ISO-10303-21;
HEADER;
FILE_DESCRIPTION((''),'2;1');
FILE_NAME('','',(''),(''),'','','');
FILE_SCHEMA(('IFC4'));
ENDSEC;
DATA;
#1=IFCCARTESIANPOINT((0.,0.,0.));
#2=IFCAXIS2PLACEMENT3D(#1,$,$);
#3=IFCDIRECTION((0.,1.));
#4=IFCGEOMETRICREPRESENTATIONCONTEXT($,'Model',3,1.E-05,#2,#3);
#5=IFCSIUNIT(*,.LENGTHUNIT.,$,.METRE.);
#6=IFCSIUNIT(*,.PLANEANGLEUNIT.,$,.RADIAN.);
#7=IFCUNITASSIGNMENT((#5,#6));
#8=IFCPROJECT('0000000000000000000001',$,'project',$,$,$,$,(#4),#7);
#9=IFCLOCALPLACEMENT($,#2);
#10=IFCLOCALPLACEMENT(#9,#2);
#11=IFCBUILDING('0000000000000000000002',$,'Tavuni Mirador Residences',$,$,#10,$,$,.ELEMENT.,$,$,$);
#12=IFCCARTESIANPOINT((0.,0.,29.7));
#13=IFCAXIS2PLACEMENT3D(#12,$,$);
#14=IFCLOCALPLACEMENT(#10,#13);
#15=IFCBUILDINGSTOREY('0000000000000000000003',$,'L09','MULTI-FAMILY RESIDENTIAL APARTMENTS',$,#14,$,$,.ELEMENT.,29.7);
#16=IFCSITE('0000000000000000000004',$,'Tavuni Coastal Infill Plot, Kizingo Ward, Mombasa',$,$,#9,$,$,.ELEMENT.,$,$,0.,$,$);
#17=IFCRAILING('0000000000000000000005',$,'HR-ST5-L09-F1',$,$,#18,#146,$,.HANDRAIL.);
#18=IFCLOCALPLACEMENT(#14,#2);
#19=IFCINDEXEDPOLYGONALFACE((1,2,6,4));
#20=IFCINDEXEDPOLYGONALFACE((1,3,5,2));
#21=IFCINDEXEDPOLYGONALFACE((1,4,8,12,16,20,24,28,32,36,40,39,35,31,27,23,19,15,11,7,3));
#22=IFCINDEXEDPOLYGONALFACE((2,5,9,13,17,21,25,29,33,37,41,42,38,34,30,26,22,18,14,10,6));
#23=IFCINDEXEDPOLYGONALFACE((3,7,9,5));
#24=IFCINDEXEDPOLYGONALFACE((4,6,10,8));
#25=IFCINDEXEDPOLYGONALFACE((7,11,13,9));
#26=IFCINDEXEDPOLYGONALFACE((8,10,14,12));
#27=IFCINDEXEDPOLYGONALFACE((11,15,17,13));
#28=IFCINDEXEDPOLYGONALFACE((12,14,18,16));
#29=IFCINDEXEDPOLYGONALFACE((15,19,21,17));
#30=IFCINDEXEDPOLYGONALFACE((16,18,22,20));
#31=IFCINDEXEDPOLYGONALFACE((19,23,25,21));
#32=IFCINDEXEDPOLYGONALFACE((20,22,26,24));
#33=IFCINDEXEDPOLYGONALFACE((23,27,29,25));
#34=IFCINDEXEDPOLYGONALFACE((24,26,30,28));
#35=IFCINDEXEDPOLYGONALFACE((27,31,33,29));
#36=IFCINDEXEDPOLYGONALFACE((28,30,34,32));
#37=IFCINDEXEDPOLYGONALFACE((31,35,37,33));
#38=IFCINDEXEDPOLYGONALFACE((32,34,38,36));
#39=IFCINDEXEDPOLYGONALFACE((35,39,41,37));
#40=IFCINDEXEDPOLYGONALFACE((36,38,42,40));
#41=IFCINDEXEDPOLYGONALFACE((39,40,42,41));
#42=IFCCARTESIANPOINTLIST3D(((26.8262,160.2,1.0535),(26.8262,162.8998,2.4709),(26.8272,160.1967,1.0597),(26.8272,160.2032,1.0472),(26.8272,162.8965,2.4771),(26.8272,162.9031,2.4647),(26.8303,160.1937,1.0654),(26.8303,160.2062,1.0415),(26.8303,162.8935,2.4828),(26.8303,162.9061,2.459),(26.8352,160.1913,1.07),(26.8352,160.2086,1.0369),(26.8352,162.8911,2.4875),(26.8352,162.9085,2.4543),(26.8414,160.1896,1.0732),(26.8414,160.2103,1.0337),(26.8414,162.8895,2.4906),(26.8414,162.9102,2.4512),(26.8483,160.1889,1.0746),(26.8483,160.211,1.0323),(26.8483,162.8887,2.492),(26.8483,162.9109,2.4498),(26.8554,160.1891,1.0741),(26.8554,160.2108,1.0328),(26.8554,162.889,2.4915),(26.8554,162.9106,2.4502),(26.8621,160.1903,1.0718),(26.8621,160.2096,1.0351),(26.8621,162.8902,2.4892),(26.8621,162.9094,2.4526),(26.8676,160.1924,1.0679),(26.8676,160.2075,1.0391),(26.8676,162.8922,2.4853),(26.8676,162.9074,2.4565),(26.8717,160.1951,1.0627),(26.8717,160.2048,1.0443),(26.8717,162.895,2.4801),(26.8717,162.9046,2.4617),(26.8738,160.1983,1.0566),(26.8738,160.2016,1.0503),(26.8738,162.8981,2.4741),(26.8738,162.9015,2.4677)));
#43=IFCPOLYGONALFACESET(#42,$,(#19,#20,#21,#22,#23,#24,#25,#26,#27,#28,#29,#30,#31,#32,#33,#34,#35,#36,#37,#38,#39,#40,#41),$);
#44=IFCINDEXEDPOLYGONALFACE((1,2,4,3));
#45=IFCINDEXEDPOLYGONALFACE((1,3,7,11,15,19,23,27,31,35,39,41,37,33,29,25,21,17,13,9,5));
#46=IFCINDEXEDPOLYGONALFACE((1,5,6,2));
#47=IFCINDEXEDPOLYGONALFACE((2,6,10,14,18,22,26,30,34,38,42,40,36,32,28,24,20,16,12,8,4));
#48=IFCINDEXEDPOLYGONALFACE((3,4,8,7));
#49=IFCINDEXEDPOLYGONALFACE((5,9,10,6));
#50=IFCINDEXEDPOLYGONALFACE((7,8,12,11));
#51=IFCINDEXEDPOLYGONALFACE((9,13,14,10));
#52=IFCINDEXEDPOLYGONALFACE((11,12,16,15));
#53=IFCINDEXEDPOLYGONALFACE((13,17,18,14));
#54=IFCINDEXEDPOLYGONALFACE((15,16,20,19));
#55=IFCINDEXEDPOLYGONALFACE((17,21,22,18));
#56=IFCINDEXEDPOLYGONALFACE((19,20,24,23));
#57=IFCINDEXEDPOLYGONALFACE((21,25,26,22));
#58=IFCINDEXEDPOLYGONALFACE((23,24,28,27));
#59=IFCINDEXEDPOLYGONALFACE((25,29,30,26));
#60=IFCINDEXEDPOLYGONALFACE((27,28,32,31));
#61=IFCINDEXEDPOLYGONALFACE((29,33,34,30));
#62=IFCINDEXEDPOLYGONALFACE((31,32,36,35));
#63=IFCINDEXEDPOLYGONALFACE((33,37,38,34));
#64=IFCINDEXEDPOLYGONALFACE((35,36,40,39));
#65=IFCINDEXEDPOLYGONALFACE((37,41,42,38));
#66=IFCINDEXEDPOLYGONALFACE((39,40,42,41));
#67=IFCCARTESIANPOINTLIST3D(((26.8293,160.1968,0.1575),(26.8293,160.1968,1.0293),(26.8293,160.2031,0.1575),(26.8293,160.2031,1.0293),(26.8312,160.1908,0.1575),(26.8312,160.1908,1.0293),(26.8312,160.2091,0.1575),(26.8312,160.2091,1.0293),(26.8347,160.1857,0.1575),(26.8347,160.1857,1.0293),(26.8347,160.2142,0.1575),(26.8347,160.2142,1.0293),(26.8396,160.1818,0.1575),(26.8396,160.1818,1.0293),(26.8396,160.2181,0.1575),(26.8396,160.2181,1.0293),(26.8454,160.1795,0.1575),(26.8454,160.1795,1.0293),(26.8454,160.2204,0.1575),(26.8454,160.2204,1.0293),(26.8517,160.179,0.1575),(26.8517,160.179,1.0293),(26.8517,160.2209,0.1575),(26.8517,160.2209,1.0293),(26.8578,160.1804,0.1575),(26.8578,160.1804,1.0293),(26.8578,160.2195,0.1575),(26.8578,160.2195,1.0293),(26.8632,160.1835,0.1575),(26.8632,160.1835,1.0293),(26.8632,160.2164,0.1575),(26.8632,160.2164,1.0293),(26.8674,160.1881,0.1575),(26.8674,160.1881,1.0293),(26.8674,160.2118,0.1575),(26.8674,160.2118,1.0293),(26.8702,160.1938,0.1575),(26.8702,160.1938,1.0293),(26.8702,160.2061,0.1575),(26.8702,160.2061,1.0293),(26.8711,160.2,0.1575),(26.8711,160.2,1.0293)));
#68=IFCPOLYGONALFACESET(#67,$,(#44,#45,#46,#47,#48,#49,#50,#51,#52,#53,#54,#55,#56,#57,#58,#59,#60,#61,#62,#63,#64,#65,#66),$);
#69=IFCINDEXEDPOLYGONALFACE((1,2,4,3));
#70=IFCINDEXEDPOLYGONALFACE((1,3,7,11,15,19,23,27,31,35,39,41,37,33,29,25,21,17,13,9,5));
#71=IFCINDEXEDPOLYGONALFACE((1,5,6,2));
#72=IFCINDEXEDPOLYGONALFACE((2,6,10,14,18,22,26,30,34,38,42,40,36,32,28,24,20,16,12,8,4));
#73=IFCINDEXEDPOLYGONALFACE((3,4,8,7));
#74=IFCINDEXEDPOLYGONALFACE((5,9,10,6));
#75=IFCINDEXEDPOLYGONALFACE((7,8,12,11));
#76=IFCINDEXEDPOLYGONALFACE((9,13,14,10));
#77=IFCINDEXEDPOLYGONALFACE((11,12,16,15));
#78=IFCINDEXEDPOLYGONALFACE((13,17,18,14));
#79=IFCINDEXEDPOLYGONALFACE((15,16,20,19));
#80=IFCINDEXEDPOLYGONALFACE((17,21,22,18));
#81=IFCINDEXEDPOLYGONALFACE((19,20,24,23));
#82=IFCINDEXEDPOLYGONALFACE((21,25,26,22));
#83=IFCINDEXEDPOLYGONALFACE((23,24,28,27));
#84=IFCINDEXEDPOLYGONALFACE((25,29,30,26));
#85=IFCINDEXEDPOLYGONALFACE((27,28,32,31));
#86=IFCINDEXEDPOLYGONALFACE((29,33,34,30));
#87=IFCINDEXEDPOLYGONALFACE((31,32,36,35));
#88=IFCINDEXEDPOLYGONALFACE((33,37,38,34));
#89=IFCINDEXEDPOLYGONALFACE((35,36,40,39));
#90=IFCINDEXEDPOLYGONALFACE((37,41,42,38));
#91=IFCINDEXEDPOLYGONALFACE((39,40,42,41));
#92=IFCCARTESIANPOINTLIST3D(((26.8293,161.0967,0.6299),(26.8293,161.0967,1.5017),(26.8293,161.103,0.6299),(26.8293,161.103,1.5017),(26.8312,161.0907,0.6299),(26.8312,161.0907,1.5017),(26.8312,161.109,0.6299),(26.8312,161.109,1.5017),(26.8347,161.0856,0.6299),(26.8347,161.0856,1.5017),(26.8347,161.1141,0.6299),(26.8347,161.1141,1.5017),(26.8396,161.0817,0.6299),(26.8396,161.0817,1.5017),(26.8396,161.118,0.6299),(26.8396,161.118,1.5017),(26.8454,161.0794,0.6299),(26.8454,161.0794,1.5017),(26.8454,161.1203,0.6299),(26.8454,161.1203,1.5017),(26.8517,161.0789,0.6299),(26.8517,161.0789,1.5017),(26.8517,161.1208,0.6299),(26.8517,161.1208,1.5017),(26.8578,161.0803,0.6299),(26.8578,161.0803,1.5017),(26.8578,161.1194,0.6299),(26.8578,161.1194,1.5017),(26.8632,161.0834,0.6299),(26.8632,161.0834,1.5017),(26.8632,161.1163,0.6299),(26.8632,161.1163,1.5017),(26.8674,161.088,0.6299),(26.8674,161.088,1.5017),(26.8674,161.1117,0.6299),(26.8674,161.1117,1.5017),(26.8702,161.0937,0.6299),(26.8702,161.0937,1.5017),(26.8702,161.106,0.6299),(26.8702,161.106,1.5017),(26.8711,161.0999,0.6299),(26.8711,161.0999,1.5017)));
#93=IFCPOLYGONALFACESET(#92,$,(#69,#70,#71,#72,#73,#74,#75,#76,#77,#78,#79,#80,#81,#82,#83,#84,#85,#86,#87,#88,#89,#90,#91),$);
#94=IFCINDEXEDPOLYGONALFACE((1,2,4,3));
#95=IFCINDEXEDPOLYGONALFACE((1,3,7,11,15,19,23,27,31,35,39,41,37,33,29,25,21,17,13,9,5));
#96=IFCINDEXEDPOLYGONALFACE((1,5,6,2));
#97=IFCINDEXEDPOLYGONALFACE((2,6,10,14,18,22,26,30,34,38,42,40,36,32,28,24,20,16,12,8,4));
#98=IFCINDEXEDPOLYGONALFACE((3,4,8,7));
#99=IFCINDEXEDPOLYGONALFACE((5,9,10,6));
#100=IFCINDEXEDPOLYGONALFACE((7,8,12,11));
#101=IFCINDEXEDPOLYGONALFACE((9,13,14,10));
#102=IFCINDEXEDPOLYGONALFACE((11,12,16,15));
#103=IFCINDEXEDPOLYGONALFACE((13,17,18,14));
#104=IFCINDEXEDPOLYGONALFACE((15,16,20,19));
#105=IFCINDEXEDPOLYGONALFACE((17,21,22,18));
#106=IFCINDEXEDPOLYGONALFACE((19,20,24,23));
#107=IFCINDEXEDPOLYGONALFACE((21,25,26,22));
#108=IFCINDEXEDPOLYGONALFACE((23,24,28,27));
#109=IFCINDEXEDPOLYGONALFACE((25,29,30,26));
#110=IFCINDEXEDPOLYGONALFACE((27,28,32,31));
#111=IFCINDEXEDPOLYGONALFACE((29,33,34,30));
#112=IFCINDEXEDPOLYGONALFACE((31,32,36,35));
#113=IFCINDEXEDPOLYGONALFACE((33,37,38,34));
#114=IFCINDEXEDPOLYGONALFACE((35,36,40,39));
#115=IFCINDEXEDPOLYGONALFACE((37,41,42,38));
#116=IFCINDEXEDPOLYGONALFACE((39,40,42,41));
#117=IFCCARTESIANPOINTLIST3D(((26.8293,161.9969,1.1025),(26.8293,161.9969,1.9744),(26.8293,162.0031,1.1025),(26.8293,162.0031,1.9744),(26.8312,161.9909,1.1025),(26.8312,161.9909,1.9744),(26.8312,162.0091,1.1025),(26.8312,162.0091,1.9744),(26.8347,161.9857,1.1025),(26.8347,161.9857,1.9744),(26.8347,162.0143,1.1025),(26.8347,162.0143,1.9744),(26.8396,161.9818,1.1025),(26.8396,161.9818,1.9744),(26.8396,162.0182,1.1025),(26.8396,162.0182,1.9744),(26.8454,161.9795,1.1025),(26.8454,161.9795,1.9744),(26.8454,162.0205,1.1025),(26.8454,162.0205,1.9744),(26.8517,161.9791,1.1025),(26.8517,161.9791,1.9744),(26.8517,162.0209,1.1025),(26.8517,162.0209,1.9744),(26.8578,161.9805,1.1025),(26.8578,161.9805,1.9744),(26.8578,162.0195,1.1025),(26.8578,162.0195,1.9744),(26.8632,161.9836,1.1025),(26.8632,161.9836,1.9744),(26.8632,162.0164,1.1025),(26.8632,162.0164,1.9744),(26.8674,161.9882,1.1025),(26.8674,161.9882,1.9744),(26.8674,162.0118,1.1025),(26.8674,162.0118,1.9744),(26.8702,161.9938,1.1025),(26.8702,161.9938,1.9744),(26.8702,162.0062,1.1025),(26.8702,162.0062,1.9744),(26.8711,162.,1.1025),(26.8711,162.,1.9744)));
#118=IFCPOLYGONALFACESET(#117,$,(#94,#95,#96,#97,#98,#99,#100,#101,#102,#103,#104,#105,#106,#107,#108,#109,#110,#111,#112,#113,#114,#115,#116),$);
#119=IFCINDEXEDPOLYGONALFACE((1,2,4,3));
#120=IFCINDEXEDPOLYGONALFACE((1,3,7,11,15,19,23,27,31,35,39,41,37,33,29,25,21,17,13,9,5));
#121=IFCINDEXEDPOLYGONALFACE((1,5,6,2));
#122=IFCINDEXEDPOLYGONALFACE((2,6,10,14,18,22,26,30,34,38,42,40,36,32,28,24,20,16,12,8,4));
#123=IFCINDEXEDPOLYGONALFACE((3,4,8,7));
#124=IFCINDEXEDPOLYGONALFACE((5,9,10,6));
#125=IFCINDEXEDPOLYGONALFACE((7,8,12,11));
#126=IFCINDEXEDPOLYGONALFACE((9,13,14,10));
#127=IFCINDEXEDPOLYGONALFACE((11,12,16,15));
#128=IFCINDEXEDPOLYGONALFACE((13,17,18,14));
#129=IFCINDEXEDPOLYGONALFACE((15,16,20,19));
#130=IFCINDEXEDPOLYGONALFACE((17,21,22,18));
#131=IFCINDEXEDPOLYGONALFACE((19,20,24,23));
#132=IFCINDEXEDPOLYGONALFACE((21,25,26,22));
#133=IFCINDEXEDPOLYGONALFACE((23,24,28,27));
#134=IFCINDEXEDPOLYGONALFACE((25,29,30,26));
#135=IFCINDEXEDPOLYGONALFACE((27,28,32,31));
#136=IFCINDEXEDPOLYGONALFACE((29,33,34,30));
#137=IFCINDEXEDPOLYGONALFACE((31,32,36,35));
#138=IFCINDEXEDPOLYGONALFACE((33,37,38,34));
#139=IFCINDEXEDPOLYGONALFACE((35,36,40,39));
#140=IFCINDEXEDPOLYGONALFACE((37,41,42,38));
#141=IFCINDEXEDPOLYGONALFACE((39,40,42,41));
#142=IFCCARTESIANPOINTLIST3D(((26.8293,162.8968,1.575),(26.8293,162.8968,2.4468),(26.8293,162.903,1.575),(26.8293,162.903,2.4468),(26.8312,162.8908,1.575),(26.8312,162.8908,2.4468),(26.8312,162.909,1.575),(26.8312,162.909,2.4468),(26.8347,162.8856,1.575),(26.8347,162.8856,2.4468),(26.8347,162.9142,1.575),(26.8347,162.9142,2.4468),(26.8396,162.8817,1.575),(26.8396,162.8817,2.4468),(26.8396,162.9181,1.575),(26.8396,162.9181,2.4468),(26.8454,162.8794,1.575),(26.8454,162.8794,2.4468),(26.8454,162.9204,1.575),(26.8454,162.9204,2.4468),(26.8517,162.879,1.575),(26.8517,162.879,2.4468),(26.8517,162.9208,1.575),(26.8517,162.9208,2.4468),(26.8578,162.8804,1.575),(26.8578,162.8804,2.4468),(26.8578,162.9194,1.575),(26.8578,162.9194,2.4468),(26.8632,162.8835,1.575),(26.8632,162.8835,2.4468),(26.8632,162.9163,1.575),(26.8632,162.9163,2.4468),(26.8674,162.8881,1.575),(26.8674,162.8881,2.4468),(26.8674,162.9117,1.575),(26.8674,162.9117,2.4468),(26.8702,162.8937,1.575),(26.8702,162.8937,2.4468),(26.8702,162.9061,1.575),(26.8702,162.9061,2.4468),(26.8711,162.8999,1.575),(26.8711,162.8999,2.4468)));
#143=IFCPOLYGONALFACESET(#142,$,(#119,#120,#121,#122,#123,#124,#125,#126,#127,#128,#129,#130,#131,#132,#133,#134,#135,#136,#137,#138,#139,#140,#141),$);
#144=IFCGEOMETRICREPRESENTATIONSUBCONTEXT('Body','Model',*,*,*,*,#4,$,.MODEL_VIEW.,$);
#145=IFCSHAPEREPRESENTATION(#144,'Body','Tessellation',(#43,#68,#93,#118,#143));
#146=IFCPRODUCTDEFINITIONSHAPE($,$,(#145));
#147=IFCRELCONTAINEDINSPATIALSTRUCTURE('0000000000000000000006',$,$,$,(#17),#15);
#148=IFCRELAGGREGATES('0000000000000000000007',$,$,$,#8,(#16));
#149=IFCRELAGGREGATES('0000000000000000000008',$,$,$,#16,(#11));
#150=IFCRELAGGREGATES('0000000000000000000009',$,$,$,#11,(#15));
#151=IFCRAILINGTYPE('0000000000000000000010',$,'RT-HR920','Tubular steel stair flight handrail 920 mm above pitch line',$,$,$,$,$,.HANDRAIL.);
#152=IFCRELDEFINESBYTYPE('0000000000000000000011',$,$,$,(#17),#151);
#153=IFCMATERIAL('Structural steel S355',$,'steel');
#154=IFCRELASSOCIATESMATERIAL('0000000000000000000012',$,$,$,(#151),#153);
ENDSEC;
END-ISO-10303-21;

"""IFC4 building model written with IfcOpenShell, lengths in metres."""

from ifc_helpers import new_model, si_unit, direction, frame, origin, origin_2d, place, context, subcontext, project, spatial, circle, extrude, material, type_object, element, save


model = new_model("IFC4")

# Units and contexts
model_context = context("Model", 3, precision=1e-05, world=origin(), true_north=direction((0.0, 1.0)))
body_context = subcontext(model_context, "Body", "Model", "MODEL_VIEW")
ifc_project = project(units=[si_unit("LENGTHUNIT", "METRE"), si_unit("PLANEANGLEUNIT", "RADIAN")], contexts=[model_context])

# Site, building, storey
site_placement = place(None, origin())
site = spatial("IfcSite", under=ifc_project, at=site_placement, Name="Tavuni Coastal Infill Plot, Kizingo Ward, Mombasa", CompositionType="ELEMENT", RefElevation=0.0)
building_placement = place(site_placement, origin())
building = spatial("IfcBuilding", under=site, at=building_placement, Name="Tavuni Mirador Residences", CompositionType="ELEMENT")
storey_placement = place(building_placement, frame((0.0, 0.0, 29.7)))
storey = spatial("IfcBuildingStorey", under=building, at=storey_placement, Name="L09", Description="MULTI-FAMILY RESIDENTIAL APARTMENTS", CompositionType="ELEMENT", Elevation=29.7)

# Shared definitions
ifc_material_1 = material(Name="Structural steel S355", Category="steel")

# Railing
railing_type_1 = type_object("IfcRailingType", Name="RT-HR920", Description="Tubular steel stair flight handrail 920 mm above pitch line", PredefinedType="HANDRAIL", material=ifc_material_1)
railing_1_placement = place(storey_placement, frame((26.8501, 160.2, 0.1575)))
element("IfcRailing", 1, at=railing_1_placement, inside=storey, type_object=railing_type_1, Name="HR-ST5-L09-F1", PredefinedType="HANDRAIL", context=body_context, shape_type="SweptSolid", body=[
    extrude(circle(Radius=0.0239, at=origin_2d()), frame((0.0, 0.0, 0.896), z_axis=(0.0, 0.885397, 0.464835), x_axis=(-1.0, 0.0, 0.0)), (0.0, 0.0, 1.0), 3.0493),
    extrude(circle(Radius=0.021, at=origin_2d()), origin(), (0.0, 0.0, 1.0), 0.8718),
    extrude(circle(Radius=0.021, at=origin_2d()), frame((0.0, 0.8999, 0.4724)), (0.0, 0.0, 1.0), 0.8718),
    extrude(circle(Radius=0.021, at=origin_2d()), frame((0.0, 1.8, 0.9451)), (0.0, 0.0, 1.0), 0.8718),
    extrude(circle(Radius=0.021, at=origin_2d()), frame((0.0, 2.7, 1.4175)), (0.0, 0.0, 1.0), 0.8718),
])

save(model, "model.ifc")
